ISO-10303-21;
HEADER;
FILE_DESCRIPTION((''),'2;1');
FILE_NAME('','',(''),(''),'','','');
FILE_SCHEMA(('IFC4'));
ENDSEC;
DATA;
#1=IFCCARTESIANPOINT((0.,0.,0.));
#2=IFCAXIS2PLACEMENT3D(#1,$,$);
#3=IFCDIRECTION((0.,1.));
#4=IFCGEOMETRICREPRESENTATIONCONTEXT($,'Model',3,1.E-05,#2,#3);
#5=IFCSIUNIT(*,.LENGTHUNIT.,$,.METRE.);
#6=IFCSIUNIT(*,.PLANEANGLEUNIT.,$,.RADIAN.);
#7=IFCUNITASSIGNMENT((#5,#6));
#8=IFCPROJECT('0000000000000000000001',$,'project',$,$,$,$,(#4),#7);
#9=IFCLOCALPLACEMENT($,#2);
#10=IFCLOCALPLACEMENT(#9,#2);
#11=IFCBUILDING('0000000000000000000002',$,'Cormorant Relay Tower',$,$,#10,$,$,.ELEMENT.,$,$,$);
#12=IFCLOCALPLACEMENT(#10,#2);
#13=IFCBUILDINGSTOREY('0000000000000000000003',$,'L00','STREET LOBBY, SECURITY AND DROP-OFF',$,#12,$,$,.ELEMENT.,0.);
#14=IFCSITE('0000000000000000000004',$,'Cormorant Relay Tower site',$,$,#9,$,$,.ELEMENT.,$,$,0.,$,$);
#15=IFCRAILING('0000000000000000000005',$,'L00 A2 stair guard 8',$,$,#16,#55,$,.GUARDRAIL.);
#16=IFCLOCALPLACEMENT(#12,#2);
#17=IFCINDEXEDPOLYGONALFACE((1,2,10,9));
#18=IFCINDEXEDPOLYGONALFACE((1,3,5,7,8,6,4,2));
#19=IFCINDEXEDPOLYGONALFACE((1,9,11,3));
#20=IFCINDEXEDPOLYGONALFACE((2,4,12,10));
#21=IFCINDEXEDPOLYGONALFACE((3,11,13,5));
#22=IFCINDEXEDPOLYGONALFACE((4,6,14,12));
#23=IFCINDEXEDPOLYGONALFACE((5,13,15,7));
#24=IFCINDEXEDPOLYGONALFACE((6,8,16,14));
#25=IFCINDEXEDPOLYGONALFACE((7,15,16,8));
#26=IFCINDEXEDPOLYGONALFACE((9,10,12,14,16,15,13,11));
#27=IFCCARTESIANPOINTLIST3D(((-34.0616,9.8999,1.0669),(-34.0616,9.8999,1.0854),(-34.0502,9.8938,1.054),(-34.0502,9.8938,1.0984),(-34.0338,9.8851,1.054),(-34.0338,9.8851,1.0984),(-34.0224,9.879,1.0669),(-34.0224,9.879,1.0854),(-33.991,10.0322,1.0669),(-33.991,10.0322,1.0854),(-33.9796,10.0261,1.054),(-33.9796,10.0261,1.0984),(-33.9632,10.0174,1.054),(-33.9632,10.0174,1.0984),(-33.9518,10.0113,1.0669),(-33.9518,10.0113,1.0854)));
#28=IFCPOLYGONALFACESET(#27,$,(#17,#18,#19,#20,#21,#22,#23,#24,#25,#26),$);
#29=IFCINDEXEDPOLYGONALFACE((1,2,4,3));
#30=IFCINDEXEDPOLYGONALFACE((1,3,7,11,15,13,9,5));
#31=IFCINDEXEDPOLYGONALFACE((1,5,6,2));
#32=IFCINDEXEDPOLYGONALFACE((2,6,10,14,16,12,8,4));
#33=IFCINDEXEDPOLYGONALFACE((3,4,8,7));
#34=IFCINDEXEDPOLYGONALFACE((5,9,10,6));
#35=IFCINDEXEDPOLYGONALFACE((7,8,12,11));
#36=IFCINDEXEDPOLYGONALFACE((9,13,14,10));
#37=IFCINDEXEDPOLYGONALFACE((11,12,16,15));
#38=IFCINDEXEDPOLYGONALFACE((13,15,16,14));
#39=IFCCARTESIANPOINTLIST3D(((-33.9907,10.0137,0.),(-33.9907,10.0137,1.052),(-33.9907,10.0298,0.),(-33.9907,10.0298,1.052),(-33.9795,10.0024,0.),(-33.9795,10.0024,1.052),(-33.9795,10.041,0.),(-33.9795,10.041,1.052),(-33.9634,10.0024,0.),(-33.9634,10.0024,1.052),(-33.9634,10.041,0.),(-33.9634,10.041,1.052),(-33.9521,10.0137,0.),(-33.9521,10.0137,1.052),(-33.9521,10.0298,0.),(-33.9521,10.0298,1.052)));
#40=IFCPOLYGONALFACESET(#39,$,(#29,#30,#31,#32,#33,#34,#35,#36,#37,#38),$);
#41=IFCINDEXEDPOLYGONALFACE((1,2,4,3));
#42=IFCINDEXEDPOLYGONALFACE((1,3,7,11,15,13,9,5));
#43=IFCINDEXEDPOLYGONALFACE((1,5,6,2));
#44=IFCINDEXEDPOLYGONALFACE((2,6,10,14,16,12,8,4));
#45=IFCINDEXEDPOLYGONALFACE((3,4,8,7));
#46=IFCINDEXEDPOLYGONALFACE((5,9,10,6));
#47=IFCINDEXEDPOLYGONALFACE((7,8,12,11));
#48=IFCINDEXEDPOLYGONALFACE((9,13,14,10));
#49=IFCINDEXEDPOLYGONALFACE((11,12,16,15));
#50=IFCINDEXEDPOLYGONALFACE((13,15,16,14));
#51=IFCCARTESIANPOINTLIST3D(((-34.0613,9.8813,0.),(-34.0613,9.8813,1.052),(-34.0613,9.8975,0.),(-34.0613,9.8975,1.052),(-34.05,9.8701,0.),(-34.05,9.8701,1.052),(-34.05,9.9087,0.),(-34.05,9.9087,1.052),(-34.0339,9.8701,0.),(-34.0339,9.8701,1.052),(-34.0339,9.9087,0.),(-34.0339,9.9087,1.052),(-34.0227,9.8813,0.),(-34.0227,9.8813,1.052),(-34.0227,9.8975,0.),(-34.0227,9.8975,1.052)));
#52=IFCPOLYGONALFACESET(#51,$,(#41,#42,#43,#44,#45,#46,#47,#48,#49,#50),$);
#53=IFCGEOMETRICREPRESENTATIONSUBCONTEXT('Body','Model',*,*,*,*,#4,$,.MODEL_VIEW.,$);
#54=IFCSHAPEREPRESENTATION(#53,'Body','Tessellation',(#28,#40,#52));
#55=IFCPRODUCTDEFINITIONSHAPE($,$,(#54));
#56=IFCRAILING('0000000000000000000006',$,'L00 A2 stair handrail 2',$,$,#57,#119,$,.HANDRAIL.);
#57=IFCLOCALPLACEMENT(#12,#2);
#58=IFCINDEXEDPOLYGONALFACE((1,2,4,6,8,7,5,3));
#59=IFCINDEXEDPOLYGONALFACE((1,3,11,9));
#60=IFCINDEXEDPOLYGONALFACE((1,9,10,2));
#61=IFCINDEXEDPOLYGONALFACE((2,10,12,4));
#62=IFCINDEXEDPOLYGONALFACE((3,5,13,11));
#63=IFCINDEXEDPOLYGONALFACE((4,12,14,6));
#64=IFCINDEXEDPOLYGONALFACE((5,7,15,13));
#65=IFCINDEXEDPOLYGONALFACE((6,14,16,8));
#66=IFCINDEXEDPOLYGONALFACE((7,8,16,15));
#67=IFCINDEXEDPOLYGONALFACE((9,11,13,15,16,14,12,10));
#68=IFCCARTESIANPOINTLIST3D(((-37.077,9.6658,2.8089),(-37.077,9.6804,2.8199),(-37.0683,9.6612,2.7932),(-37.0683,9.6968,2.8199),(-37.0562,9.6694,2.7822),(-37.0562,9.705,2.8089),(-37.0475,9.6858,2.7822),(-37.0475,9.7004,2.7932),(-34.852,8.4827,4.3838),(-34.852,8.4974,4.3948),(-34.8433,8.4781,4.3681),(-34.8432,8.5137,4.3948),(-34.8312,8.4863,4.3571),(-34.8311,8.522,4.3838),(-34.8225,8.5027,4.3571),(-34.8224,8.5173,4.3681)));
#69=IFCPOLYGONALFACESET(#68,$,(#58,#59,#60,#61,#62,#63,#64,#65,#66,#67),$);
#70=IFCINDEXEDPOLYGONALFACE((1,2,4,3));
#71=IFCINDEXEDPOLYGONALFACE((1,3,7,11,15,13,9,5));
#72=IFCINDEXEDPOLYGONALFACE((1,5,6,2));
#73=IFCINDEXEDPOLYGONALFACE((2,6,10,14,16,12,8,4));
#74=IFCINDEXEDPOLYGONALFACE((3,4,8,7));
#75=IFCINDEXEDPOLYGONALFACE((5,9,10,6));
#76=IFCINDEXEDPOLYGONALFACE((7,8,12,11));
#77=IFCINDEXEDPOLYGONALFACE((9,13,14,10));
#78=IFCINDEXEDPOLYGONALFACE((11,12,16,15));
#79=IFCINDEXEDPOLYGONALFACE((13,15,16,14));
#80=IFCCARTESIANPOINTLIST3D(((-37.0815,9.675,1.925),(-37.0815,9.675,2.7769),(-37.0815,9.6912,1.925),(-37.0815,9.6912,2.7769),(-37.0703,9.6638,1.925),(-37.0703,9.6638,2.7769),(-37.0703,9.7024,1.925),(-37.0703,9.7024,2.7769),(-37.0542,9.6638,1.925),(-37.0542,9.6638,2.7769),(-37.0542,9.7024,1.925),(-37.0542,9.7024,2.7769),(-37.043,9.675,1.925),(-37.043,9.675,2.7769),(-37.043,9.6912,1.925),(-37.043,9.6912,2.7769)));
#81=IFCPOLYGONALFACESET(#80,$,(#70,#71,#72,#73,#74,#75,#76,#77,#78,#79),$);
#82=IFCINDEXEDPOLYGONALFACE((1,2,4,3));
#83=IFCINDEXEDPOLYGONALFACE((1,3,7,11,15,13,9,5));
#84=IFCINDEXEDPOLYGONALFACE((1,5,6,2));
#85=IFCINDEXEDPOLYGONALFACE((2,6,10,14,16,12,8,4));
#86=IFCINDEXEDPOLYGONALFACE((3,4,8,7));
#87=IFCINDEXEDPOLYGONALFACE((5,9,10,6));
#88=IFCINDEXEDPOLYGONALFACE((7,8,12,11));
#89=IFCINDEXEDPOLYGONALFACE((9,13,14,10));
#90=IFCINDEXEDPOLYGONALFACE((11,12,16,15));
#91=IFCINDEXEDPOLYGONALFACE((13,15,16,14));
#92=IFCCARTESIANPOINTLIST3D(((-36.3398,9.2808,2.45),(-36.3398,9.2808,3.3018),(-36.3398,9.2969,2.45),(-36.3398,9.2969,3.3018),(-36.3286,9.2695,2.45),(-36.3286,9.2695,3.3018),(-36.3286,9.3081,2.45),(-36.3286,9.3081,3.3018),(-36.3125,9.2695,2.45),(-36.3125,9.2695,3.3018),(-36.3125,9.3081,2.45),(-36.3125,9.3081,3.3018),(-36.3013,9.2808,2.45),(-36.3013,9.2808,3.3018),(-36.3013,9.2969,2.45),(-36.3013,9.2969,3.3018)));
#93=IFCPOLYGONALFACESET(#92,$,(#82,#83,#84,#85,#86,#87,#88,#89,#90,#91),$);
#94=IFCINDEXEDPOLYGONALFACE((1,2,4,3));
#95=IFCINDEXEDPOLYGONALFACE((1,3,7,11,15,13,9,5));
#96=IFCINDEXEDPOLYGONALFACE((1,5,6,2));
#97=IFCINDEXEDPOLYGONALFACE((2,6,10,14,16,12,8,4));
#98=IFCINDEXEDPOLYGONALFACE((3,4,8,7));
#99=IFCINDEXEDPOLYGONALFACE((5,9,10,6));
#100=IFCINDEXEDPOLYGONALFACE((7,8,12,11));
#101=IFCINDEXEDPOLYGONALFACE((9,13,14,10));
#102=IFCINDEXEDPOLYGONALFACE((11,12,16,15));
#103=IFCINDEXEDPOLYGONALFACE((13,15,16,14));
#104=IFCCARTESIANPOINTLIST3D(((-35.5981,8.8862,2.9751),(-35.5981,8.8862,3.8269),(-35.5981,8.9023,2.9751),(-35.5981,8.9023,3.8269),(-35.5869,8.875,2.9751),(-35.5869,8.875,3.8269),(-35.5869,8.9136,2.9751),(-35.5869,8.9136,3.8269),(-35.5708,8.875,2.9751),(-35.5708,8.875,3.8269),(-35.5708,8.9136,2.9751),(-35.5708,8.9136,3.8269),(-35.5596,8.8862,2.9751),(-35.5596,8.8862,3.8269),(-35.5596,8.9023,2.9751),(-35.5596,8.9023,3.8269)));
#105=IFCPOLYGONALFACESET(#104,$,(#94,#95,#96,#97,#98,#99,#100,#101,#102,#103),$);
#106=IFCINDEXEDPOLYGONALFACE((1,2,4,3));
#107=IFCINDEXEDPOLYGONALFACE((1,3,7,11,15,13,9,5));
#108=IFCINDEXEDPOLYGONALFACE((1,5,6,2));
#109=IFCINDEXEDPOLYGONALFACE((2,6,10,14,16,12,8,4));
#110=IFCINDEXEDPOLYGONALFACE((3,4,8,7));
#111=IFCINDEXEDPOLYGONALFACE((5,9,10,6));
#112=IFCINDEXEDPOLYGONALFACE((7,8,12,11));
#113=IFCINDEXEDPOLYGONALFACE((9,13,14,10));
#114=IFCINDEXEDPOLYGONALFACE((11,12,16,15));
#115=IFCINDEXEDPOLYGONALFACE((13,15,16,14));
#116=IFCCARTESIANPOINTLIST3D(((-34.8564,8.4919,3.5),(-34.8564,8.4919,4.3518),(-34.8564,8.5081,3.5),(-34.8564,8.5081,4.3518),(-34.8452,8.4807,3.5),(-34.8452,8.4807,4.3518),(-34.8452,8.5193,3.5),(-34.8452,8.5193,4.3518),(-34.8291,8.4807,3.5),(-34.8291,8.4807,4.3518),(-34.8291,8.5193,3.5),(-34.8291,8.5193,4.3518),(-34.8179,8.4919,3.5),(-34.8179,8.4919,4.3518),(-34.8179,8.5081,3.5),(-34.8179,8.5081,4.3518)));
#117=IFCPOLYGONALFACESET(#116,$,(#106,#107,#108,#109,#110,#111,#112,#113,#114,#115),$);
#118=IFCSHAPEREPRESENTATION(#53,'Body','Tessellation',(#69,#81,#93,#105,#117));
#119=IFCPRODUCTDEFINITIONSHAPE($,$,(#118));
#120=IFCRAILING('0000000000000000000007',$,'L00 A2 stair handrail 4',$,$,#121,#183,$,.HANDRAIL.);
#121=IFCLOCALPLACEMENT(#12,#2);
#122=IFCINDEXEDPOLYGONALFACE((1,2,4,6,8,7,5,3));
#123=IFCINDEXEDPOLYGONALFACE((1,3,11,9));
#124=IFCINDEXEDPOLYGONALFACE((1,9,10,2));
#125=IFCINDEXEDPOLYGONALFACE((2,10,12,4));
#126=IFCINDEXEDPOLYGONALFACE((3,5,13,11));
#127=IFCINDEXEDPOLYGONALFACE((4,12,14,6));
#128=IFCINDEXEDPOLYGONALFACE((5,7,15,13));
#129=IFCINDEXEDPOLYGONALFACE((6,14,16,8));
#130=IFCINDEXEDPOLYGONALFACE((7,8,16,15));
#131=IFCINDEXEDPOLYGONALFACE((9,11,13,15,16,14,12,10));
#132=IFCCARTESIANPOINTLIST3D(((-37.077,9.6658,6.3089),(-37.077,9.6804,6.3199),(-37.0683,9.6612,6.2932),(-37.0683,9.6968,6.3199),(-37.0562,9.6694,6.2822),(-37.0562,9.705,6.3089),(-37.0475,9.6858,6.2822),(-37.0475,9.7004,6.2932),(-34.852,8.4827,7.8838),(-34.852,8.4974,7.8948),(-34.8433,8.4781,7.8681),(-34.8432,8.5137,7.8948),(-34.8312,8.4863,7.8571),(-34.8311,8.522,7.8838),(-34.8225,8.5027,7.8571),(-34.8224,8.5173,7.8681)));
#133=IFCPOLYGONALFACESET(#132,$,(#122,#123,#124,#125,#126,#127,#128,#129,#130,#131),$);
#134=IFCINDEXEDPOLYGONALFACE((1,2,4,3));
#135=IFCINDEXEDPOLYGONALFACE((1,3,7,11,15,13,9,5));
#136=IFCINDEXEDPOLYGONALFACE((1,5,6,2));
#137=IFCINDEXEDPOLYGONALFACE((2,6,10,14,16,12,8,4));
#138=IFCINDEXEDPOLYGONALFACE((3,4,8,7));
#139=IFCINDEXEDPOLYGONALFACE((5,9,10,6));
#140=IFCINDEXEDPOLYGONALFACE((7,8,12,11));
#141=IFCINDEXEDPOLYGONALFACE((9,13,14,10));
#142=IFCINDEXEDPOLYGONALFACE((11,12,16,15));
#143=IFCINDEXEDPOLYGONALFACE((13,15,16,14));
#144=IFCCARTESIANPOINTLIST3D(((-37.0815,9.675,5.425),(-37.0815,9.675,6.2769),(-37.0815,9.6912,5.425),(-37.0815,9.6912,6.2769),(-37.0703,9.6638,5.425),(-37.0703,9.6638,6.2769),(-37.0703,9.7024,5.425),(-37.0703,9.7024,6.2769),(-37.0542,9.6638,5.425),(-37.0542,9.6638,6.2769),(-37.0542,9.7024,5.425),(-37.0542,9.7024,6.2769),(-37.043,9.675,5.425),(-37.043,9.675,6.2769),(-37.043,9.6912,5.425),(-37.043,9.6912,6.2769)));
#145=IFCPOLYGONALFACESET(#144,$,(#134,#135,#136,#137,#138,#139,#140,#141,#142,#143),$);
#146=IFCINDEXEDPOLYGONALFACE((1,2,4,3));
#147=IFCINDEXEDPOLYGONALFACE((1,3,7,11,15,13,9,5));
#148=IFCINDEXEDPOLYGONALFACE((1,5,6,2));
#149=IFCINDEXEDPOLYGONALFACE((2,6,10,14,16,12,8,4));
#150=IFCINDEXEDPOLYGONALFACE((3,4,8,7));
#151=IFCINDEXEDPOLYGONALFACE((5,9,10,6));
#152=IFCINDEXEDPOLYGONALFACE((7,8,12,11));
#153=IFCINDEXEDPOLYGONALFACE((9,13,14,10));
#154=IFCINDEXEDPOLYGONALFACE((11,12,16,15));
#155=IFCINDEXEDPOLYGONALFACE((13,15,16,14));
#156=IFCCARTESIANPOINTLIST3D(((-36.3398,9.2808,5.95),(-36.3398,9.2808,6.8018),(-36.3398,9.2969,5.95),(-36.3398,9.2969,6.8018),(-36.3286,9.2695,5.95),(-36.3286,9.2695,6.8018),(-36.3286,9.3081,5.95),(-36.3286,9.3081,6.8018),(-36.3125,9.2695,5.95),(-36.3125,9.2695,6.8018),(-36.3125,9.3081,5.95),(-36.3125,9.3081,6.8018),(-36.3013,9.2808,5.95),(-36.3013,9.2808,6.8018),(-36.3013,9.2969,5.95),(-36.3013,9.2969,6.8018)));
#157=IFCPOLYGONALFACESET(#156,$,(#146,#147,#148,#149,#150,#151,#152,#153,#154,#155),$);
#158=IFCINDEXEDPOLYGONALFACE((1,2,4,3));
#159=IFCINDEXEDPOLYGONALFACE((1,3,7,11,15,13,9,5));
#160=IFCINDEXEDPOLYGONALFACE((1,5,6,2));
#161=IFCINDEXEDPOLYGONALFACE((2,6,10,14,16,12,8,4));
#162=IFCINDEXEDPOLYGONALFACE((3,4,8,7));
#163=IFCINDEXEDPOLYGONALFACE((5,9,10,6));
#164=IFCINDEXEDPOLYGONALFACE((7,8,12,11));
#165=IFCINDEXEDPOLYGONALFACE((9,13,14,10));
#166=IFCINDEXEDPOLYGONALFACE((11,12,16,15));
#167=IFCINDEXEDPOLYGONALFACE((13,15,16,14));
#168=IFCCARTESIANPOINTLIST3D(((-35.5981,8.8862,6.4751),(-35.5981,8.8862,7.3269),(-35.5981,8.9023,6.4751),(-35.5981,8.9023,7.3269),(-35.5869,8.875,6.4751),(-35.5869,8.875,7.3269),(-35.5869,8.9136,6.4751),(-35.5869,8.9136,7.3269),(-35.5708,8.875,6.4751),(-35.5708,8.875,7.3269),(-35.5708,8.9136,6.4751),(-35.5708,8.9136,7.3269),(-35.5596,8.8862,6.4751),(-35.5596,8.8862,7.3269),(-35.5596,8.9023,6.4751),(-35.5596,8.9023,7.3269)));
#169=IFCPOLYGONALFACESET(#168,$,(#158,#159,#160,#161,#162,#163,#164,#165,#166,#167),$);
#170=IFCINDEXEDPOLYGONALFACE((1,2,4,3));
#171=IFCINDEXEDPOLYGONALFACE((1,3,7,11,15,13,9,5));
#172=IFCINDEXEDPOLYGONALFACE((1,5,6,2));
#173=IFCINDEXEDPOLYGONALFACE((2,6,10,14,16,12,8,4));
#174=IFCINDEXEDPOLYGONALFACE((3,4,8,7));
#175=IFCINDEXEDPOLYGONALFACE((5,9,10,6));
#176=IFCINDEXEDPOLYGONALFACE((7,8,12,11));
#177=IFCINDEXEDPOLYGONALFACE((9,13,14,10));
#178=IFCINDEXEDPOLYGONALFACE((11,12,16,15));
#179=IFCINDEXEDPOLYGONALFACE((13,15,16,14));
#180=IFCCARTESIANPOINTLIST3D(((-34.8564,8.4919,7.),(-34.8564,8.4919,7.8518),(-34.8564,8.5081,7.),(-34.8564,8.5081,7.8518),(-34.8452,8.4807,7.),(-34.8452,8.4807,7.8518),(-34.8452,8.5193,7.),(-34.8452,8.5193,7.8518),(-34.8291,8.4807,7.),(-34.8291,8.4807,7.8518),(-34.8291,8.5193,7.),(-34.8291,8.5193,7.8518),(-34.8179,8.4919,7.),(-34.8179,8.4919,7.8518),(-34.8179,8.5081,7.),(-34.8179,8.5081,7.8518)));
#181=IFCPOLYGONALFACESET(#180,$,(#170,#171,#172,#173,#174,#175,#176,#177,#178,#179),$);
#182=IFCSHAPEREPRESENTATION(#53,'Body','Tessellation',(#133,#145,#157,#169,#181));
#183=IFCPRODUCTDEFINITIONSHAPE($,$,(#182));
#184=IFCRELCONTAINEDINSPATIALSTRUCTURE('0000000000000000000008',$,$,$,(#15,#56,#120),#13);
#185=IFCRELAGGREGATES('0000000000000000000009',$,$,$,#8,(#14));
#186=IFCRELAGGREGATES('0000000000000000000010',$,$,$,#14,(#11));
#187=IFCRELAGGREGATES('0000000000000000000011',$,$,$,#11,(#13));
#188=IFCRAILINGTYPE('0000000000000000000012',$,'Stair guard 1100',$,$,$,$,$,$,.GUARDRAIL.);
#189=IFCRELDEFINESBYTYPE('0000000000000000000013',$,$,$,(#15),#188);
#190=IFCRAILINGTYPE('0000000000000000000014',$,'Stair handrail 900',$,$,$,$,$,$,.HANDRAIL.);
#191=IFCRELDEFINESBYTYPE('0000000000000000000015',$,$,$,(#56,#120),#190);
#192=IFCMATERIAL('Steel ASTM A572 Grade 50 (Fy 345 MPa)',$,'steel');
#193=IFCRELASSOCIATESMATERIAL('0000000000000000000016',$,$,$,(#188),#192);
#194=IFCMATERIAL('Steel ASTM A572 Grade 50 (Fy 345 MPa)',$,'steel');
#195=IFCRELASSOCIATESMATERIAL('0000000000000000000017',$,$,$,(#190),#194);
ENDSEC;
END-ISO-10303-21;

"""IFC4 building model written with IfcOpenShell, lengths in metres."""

from ifc_helpers import new_model, si_unit, direction, frame, origin, place, context, subcontext, project, spatial, polyline, outline, extrude, material, type_object, element, save


model = new_model("IFC4")

# Units and contexts
model_context = context("Model", 3, precision=1e-05, world=origin(), true_north=direction((0.0, 1.0)))
body_context = subcontext(model_context, "Body", "Model", "MODEL_VIEW")
ifc_project = project(units=[si_unit("LENGTHUNIT", "METRE"), si_unit("PLANEANGLEUNIT", "RADIAN")], contexts=[model_context])

# Site, building, storey
site_placement = place(None, origin())
site = spatial("IfcSite", under=ifc_project, at=site_placement, Name="Cormorant Relay Tower site", CompositionType="ELEMENT", RefElevation=0.0)
building_placement = place(site_placement, origin())
building = spatial("IfcBuilding", under=site, at=building_placement, Name="Cormorant Relay Tower", CompositionType="ELEMENT")
storey_placement = place(building_placement, origin())
storey = spatial("IfcBuildingStorey", under=building, at=storey_placement, Name="L00", Description="STREET LOBBY, SECURITY AND DROP-OFF", CompositionType="ELEMENT", Elevation=0.0)

# Railings
ifc_material_1 = material(Name="Steel ASTM A572 Grade 50 (Fy 345 MPa)", Category="steel")
railing_type_1 = type_object("IfcRailingType", Name="Stair guard 1100", PredefinedType="GUARDRAIL", material=ifc_material_1)
railing_1_placement = place(storey_placement, frame((-33.9714, 10.0217, 0.0)))
element("IfcRailing", 1, at=railing_1_placement, inside=storey, type_object=railing_type_1, Name="L00 A2 stair guard 8", PredefinedType="GUARDRAIL", context=body_context, shape_type="SweptSolid", body=[
    extrude(outline(polyline([(0.0222, 0.0093), (0.0093, 0.0222), (-0.0093, 0.0222), (-0.0222, 0.0093), (-0.0222, -0.0093), (-0.0093, -0.0222), (0.0093, -0.0222), (0.0222, -0.0093), (0.0222, 0.0093)])), frame((0.0, 0.0, 1.0762), z_axis=(-0.470504, -0.882398, 0.0), x_axis=(0.882398, -0.470504, 0.0)), (0.0, 0.0, 1.0), 0.1499),
    extrude(outline(polyline([(0.0193, 0.0081), (0.0081, 0.0193), (-0.0081, 0.0193), (-0.0193, 0.0081), (-0.0193, -0.0081), (-0.0081, -0.0193), (0.0081, -0.0193), (0.0193, -0.0081), (0.0193, 0.0081)])), origin(), (0.0, 0.0, 1.0), 1.052),
    extrude(outline(polyline([(0.0193, 0.0081), (0.0081, 0.0193), (-0.0081, 0.0193), (-0.0193, 0.0081), (-0.0193, -0.0081), (-0.0081, -0.0193), (0.0081, -0.0193), (0.0193, -0.0081), (0.0193, 0.0081)])), frame((-0.0706, -0.1323, 0.0)), (0.0, 0.0, 1.0), 1.052),
])
ifc_material_2 = material(Name="Steel ASTM A572 Grade 50 (Fy 345 MPa)", Category="steel")
railing_type_2 = type_object("IfcRailingType", Name="Stair handrail 900", PredefinedType="HANDRAIL", material=ifc_material_2)
railing_2_placement = place(storey_placement, frame((-37.0623, 9.6831, 1.925)))
element("IfcRailing", 2, at=railing_2_placement, inside=storey, type_object=railing_type_2, Name="L00 A2 stair handrail 2", PredefinedType="HANDRAIL", context=body_context, shape_type="SweptSolid", body=[
    extrude(outline(polyline([(0.0222, 0.0093), (0.0093, 0.0222), (-0.0093, 0.0222), (-0.0222, 0.0093), (-0.0222, -0.0093), (-0.0093, -0.0222), (0.0093, -0.0222), (0.0222, -0.0093), (0.0222, 0.0093)])), frame((0.0, 0.0, 0.876), z_axis=(0.748751, -0.398118, 0.529975), x_axis=(0.469472, 0.882948, 0.0)), (0.0, 0.0, 1.0), 2.9717),
    extrude(outline(polyline([(0.0193, 0.0081), (0.0081, 0.0193), (-0.0081, 0.0193), (-0.0193, 0.0081), (-0.0193, -0.0081), (-0.0081, -0.0193), (0.0081, -0.0193), (0.0193, -0.0081), (0.0193, 0.0081)])), origin(), (0.0, 0.0, 1.0), 0.8518),
    extrude(outline(polyline([(0.0193, 0.0081), (0.0081, 0.0193), (-0.0081, 0.0193), (-0.0193, 0.0081), (-0.0193, -0.0081), (-0.0081, -0.0193), (0.0081, -0.0193), (0.0193, -0.0081), (0.0193, 0.0081)])), frame((0.7417, -0.3943, 0.5249)), (0.0, 0.0, 1.0), 0.8518),
    extrude(outline(polyline([(0.0193, 0.0081), (0.0081, 0.0193), (-0.0081, 0.0193), (-0.0193, 0.0081), (-0.0193, -0.0081), (-0.0081, -0.0193), (0.0081, -0.0193), (0.0193, -0.0081), (0.0193, 0.0081)])), frame((1.4834, -0.7888, 1.05)), (0.0, 0.0, 1.0), 0.8518),
    extrude(outline(polyline([(0.0193, 0.0081), (0.0081, 0.0193), (-0.0081, 0.0193), (-0.0193, 0.0081), (-0.0193, -0.0081), (-0.0081, -0.0193), (0.0081, -0.0193), (0.0193, -0.0081), (0.0193, 0.0081)])), frame((2.2251, -1.1831, 1.575)), (0.0, 0.0, 1.0), 0.8518),
])
railing_3_placement = place(storey_placement, frame((-37.0623, 9.6831, 5.425)))
element("IfcRailing", 3, at=railing_3_placement, inside=storey, type_object=railing_type_2, Name="L00 A2 stair handrail 4", PredefinedType="HANDRAIL", context=body_context, shape_type="SweptSolid", body=[
    extrude(outline(polyline([(0.0222, 0.0093), (0.0093, 0.0222), (-0.0093, 0.0222), (-0.0222, 0.0093), (-0.0222, -0.0093), (-0.0093, -0.0222), (0.0093, -0.0222), (0.0222, -0.0093), (0.0222, 0.0093)])), frame((0.0, 0.0, 0.876), z_axis=(0.748751, -0.398118, 0.529975), x_axis=(0.469472, 0.882948, 0.0)), (0.0, 0.0, 1.0), 2.9717),
    extrude(outline(polyline([(0.0193, 0.0081), (0.0081, 0.0193), (-0.0081, 0.0193), (-0.0193, 0.0081), (-0.0193, -0.0081), (-0.0081, -0.0193), (0.0081, -0.0193), (0.0193, -0.0081), (0.0193, 0.0081)])), origin(), (0.0, 0.0, 1.0), 0.8518),
    extrude(outline(polyline([(0.0193, 0.0081), (0.0081, 0.0193), (-0.0081, 0.0193), (-0.0193, 0.0081), (-0.0193, -0.0081), (-0.0081, -0.0193), (0.0081, -0.0193), (0.0193, -0.0081), (0.0193, 0.0081)])), frame((0.7417, -0.3943, 0.5249)), (0.0, 0.0, 1.0), 0.8518),
    extrude(outline(polyline([(0.0193, 0.0081), (0.0081, 0.0193), (-0.0081, 0.0193), (-0.0193, 0.0081), (-0.0193, -0.0081), (-0.0081, -0.0193), (0.0081, -0.0193), (0.0193, -0.0081), (0.0193, 0.0081)])), frame((1.4834, -0.7888, 1.05)), (0.0, 0.0, 1.0), 0.8518),
    extrude(outline(polyline([(0.0193, 0.0081), (0.0081, 0.0193), (-0.0081, 0.0193), (-0.0193, 0.0081), (-0.0193, -0.0081), (-0.0081, -0.0193), (0.0081, -0.0193), (0.0193, -0.0081), (0.0193, 0.0081)])), frame((2.2251, -1.1831, 1.575)), (0.0, 0.0, 1.0), 0.8518),
])

save(model, "model.ifc")
